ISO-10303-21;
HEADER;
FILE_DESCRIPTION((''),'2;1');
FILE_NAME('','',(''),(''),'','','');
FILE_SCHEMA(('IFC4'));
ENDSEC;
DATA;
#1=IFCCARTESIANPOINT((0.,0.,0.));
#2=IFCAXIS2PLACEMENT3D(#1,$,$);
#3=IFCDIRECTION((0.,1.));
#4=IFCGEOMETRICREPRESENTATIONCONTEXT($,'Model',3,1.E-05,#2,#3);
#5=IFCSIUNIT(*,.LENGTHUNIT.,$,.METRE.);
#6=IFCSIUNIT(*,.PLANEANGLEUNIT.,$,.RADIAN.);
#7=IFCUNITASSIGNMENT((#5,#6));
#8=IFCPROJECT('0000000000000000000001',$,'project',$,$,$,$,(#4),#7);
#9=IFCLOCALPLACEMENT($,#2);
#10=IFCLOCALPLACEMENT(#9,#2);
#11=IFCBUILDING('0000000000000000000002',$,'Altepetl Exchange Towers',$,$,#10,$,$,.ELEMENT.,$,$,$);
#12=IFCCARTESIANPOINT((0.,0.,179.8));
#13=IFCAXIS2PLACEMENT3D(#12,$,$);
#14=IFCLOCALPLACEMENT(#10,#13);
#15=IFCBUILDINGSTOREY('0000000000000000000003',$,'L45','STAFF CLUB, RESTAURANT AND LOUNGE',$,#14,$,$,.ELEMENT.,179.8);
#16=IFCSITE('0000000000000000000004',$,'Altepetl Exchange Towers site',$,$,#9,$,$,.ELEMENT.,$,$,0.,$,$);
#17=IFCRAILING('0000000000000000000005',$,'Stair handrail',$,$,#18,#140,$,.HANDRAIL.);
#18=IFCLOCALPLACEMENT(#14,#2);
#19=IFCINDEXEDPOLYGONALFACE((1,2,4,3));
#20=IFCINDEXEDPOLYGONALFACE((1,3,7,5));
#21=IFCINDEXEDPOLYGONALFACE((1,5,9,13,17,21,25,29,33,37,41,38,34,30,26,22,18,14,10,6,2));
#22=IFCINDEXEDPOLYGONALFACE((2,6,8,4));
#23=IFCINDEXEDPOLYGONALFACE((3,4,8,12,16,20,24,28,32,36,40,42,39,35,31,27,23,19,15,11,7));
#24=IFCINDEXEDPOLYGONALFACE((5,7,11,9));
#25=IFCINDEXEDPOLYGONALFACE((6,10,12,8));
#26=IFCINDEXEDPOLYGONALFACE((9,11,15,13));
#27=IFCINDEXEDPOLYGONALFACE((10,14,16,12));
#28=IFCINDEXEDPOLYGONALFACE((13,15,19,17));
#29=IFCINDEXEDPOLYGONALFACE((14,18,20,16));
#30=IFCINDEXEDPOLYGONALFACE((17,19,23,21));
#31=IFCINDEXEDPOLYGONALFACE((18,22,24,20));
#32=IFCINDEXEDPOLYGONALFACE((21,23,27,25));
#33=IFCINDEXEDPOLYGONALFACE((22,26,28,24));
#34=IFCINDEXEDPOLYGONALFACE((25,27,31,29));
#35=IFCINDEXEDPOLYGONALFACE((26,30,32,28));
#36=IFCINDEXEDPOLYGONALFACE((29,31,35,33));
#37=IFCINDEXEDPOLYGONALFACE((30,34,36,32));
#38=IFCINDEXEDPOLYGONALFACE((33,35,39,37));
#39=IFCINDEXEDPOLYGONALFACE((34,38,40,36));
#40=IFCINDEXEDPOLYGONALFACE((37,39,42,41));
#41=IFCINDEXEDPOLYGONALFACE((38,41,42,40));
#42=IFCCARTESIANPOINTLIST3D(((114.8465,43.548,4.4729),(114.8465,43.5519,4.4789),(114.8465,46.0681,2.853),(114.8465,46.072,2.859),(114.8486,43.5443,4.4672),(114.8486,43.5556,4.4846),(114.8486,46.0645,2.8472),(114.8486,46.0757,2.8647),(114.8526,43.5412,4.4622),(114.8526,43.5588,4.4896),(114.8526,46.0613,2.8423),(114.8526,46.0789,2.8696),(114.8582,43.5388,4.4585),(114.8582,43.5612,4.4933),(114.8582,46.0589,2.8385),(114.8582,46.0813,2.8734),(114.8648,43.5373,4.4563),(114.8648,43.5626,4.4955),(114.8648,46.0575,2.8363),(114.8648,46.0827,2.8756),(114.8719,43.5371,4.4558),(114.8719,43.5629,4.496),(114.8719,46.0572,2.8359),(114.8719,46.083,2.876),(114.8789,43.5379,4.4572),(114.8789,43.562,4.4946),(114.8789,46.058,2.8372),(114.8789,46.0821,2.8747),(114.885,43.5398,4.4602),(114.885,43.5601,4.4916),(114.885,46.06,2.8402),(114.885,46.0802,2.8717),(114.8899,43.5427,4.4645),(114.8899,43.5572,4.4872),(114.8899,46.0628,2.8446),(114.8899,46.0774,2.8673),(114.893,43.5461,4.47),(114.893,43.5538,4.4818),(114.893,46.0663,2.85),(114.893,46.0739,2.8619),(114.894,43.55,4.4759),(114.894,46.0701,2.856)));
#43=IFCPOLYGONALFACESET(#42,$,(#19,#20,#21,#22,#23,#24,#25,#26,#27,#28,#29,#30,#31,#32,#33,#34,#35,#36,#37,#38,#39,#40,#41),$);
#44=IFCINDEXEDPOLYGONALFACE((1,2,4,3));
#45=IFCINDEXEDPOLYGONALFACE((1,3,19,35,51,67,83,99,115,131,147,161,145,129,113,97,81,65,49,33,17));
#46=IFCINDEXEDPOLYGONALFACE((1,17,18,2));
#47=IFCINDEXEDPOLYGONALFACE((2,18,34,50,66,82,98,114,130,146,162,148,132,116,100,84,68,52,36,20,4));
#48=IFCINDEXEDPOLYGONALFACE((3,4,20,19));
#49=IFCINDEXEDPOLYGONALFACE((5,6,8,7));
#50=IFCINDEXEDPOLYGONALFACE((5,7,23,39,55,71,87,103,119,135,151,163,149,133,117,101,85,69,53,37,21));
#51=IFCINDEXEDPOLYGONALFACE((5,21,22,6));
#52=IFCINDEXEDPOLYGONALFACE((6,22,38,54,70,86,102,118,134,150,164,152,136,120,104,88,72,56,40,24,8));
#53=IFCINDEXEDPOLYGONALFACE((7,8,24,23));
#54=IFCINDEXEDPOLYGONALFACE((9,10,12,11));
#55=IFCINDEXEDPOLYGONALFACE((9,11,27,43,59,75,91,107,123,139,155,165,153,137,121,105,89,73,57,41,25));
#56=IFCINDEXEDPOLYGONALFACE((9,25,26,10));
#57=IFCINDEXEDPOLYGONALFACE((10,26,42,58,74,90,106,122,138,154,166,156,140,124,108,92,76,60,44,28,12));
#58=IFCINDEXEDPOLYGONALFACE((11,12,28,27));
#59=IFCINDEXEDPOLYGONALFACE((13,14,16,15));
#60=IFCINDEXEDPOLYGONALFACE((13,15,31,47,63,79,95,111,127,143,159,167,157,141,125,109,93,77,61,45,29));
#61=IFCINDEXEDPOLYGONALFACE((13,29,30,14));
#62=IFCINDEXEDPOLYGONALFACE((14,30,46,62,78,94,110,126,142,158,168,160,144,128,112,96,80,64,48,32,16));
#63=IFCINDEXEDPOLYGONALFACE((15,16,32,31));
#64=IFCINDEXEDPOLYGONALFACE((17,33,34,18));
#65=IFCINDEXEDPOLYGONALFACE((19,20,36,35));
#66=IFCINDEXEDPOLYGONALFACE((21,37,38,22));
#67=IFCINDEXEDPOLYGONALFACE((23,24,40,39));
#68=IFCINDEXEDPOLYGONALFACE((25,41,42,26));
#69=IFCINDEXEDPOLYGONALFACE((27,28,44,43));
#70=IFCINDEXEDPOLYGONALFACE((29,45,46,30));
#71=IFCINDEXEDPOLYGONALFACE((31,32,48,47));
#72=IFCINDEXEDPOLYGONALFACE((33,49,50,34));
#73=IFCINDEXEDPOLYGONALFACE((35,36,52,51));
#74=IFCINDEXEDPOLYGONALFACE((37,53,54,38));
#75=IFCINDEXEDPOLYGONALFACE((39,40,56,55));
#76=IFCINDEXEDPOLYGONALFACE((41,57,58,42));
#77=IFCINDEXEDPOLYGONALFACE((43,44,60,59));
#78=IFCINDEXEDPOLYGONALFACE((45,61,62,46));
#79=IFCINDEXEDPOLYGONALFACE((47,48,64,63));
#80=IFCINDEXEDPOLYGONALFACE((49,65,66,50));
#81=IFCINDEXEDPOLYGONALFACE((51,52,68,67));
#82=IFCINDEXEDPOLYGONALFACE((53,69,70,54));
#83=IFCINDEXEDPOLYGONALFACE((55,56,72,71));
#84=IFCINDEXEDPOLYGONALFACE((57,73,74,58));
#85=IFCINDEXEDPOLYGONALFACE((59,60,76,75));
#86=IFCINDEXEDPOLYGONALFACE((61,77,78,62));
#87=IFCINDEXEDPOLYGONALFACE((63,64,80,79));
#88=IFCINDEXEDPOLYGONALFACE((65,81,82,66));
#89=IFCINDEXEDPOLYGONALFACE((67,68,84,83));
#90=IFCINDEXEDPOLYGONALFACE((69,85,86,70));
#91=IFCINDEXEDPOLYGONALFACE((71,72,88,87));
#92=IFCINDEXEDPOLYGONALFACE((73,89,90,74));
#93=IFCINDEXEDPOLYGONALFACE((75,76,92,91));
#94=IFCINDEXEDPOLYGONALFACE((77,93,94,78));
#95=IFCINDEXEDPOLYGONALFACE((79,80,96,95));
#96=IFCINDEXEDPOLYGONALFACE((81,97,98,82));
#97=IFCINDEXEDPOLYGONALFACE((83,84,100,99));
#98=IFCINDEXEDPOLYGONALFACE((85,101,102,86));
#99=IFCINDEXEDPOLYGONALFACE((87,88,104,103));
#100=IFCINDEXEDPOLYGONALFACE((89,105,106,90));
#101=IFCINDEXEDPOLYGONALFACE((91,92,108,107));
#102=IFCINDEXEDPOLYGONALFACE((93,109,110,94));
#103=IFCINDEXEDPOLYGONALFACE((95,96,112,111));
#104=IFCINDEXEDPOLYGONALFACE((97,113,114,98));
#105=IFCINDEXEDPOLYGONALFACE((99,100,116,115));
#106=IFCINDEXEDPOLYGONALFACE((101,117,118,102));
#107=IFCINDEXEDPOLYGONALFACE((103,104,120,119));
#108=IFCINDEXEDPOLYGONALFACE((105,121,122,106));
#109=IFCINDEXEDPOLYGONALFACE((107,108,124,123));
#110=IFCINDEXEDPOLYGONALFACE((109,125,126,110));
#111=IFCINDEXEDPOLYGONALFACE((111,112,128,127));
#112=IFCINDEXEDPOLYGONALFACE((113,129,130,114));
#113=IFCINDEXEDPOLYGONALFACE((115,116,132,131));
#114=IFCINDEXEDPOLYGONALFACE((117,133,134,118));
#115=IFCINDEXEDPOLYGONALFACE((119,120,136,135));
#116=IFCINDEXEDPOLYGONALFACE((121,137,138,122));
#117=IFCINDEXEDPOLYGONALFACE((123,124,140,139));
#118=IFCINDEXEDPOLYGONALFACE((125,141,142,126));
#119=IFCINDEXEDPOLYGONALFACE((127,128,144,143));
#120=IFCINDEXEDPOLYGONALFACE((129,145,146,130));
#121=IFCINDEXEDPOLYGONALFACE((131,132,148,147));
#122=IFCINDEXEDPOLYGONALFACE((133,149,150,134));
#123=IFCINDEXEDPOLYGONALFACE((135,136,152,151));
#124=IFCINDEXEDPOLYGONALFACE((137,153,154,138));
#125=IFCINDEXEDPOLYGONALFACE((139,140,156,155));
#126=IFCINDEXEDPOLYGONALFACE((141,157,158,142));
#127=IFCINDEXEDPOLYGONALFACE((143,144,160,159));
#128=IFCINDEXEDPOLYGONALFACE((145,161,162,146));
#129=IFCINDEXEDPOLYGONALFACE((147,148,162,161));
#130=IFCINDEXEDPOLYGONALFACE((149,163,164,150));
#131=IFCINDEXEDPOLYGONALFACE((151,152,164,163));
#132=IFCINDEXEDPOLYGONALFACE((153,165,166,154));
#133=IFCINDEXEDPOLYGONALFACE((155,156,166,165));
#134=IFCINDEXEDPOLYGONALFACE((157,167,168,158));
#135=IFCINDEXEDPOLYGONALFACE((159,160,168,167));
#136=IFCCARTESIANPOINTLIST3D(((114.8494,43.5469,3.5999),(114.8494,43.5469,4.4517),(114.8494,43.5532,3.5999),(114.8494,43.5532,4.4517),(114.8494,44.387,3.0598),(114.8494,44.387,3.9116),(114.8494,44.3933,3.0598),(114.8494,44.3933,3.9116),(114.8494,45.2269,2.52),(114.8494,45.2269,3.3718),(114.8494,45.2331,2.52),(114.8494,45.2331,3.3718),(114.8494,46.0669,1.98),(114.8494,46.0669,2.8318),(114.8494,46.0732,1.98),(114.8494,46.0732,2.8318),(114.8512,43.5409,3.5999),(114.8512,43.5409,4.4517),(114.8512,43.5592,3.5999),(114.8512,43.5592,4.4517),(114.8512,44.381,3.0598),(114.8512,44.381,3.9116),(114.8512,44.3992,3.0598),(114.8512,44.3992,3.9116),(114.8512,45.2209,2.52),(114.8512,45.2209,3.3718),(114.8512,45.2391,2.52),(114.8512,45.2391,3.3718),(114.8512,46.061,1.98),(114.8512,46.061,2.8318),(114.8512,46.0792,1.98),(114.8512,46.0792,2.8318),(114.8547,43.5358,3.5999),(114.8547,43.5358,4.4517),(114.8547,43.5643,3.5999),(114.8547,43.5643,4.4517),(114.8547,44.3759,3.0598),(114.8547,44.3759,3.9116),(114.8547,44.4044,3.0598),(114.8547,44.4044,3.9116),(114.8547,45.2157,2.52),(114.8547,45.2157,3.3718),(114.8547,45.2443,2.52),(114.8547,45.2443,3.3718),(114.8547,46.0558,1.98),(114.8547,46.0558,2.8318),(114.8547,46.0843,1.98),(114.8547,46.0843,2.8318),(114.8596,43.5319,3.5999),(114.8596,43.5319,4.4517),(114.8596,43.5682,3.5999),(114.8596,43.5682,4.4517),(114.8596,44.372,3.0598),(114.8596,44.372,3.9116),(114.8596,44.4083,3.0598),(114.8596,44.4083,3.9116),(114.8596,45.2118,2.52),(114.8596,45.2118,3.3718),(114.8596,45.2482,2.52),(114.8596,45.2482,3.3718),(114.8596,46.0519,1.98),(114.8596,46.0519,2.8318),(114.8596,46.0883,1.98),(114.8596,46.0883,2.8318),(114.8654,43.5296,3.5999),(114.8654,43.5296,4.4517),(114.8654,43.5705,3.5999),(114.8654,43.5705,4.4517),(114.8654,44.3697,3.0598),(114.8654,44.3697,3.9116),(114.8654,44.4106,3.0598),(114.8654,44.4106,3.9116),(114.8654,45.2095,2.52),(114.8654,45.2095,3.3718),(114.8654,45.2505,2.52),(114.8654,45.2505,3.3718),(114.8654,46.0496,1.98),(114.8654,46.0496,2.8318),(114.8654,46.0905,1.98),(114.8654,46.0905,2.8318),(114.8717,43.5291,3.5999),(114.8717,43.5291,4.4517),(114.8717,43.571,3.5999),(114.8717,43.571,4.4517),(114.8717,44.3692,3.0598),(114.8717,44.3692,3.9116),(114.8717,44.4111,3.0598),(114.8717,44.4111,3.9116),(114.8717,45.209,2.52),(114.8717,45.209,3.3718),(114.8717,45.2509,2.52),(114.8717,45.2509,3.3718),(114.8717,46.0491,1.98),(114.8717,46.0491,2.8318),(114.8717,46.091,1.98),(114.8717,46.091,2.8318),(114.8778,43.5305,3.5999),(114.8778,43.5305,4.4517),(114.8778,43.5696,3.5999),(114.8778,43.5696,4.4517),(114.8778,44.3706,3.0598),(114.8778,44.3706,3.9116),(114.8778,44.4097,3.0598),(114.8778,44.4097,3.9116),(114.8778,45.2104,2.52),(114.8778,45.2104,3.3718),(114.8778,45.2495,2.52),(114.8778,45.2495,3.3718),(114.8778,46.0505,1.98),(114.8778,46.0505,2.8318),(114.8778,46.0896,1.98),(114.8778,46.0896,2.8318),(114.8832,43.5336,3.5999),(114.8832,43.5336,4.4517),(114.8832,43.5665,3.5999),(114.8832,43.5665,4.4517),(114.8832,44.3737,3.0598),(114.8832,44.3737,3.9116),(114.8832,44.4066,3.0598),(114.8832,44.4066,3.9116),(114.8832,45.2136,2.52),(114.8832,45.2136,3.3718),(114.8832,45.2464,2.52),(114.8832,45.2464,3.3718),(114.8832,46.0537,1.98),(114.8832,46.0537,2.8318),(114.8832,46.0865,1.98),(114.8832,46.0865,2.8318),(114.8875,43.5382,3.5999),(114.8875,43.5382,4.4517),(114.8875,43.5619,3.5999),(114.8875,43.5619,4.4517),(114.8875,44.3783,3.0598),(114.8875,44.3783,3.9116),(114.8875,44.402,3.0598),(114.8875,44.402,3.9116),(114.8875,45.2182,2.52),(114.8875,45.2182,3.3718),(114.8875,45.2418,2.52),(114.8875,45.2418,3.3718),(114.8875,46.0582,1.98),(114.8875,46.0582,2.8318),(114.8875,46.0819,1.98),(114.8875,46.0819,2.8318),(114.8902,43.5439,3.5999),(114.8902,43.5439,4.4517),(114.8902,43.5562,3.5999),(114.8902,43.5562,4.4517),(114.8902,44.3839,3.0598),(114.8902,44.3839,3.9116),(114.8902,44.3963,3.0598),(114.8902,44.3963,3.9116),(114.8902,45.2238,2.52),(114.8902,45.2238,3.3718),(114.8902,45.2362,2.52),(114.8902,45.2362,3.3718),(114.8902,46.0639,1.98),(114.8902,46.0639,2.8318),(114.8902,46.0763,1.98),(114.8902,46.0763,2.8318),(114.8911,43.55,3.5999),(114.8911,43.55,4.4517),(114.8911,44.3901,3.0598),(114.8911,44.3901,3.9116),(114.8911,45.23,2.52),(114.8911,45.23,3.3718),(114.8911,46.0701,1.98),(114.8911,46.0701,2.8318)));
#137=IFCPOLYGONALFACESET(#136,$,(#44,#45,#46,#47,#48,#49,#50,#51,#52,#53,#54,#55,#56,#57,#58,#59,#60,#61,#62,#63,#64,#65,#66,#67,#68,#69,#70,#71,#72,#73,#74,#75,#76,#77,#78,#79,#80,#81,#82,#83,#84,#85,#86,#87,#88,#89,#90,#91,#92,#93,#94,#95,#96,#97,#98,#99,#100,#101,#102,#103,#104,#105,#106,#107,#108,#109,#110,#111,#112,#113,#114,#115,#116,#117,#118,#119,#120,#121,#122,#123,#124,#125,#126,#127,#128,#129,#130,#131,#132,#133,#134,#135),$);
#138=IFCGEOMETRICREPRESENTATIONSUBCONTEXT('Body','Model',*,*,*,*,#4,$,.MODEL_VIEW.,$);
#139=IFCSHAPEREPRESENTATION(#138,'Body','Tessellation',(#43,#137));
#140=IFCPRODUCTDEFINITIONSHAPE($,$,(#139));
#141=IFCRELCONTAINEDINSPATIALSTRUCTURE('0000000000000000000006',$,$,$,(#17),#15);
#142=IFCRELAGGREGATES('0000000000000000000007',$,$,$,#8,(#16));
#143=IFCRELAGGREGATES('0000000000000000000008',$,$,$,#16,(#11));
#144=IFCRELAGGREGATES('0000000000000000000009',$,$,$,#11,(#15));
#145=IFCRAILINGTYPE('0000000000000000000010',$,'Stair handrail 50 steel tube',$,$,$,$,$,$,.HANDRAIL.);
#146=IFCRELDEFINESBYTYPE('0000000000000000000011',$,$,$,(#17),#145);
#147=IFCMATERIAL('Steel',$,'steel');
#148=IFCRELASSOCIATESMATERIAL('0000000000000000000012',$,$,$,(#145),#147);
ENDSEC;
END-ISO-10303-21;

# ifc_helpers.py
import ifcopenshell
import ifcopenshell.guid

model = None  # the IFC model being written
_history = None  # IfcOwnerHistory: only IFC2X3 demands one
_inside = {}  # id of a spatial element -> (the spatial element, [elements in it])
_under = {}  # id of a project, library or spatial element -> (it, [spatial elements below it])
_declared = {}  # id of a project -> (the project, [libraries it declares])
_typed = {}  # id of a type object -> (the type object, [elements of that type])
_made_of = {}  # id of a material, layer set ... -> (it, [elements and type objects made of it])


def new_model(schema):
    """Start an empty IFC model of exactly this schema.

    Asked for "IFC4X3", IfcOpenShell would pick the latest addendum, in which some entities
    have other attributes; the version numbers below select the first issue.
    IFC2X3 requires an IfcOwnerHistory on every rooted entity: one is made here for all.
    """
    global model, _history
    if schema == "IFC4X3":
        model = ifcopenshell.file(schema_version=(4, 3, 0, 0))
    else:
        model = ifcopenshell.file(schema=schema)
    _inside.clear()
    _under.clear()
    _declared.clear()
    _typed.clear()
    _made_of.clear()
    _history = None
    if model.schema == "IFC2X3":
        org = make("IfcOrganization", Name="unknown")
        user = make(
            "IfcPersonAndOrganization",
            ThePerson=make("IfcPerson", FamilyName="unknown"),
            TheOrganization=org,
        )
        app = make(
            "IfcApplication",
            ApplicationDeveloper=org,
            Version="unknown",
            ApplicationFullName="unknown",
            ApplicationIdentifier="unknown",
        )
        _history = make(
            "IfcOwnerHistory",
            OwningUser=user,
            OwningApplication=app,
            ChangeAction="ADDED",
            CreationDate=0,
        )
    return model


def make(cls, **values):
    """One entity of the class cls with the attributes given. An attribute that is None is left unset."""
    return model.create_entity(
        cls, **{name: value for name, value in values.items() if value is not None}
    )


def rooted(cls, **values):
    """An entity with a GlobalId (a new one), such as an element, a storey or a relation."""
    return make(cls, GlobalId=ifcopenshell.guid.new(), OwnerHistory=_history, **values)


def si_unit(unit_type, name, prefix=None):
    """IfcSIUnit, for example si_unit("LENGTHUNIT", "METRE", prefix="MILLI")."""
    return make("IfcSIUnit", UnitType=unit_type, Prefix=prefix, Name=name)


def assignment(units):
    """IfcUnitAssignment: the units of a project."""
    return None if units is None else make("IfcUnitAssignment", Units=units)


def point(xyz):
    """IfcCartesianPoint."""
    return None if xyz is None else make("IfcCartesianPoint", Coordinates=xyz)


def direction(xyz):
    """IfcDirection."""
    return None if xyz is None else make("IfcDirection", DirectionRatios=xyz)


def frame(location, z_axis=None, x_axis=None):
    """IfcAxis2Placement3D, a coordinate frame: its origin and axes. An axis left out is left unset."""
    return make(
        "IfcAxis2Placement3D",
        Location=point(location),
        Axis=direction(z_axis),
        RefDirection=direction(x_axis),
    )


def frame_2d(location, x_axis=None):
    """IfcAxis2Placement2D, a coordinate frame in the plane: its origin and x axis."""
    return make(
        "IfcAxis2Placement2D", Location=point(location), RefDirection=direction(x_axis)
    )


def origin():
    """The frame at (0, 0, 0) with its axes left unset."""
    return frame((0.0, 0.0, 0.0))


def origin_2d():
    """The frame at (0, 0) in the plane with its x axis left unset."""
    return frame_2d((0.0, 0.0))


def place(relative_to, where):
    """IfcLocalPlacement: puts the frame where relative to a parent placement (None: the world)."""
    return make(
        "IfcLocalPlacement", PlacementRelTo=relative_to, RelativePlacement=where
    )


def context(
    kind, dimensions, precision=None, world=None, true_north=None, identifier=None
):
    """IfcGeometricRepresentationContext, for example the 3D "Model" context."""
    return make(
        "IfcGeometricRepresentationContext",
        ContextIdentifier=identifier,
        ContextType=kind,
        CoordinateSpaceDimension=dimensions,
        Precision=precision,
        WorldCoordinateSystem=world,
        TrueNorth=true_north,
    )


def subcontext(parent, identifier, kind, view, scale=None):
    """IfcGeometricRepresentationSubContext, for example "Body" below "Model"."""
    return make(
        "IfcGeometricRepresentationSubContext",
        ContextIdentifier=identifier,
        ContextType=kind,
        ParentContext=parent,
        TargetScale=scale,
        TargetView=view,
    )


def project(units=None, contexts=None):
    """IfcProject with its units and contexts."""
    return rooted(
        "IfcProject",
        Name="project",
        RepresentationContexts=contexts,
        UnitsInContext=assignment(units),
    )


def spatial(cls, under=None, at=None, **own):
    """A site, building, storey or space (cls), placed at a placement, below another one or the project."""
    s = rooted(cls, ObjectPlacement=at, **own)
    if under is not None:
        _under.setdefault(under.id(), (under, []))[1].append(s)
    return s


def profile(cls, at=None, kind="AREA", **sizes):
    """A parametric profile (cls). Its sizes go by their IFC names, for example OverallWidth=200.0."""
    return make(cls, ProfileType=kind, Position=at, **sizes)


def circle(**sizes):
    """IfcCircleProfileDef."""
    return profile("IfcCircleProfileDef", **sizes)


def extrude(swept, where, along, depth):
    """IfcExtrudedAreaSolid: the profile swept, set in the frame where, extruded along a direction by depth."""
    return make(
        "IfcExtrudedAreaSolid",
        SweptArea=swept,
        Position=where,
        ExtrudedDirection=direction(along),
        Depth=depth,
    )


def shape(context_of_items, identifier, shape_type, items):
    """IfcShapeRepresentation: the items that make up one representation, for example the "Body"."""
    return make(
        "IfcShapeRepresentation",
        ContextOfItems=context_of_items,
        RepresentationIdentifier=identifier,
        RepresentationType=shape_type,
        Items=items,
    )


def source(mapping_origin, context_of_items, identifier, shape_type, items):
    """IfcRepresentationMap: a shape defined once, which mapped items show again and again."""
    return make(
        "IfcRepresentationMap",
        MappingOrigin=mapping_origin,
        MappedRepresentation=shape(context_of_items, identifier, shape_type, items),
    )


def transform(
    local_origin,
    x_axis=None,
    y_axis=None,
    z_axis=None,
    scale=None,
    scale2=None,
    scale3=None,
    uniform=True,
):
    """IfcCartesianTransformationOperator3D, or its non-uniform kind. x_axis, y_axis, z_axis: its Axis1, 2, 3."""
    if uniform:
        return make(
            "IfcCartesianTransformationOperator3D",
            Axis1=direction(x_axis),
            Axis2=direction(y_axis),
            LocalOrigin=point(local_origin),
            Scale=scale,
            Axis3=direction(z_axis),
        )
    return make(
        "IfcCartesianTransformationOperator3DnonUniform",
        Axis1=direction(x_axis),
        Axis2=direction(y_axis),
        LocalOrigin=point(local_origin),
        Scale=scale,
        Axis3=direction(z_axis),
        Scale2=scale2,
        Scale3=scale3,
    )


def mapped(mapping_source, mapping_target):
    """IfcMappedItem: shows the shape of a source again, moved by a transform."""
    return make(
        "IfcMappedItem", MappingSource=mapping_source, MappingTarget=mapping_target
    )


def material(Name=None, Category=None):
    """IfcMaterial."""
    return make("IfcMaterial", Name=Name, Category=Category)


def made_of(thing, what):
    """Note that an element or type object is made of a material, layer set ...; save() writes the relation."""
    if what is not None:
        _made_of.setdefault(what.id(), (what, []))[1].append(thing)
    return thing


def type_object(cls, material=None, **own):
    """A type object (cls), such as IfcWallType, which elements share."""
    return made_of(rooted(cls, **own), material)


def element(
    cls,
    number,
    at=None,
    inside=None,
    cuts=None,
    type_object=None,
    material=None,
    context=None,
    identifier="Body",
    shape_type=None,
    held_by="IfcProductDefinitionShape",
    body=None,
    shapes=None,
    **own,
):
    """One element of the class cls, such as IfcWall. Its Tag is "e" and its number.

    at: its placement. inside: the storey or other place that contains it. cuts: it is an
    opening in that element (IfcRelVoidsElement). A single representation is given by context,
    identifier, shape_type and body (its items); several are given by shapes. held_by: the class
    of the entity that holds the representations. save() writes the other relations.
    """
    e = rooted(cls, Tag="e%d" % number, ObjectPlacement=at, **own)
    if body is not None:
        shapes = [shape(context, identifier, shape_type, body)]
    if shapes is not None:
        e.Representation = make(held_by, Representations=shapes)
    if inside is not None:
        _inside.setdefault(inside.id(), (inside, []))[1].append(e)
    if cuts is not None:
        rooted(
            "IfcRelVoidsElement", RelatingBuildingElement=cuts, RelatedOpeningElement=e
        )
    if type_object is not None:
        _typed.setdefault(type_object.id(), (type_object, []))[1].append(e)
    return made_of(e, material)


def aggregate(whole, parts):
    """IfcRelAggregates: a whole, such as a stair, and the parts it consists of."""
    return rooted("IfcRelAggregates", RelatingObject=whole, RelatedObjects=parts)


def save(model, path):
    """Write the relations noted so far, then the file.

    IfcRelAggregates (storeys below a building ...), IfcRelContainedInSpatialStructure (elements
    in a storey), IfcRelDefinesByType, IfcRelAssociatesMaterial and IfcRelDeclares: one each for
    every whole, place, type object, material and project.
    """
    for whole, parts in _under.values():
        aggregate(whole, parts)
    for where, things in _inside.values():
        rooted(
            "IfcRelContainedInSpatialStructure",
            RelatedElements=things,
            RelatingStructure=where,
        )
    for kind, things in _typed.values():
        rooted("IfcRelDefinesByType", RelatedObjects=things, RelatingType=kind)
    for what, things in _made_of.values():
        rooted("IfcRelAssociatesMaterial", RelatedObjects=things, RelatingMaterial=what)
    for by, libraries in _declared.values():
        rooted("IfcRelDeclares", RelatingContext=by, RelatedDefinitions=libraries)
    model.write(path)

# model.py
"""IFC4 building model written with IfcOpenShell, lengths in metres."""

from ifc_helpers import new_model, si_unit, direction, frame, origin, origin_2d, place, context, subcontext, project, spatial, circle, extrude, source, transform, mapped, material, type_object, element, save


model = new_model("IFC4")

# Units and contexts
model_context = context("Model", 3, precision=1e-05, world=origin(), true_north=direction((0.0, 1.0)))
body_context = subcontext(model_context, "Body", "Model", "MODEL_VIEW")
ifc_project = project(units=[si_unit("LENGTHUNIT", "METRE"), si_unit("PLANEANGLEUNIT", "RADIAN")], contexts=[model_context])

# Site, building, storey
site_placement = place(None, origin())
site = spatial("IfcSite", under=ifc_project, at=site_placement, Name="Altepetl Exchange Towers site", CompositionType="ELEMENT", RefElevation=0.0)
building_placement = place(site_placement, origin())
building = spatial("IfcBuilding", under=site, at=building_placement, Name="Altepetl Exchange Towers", CompositionType="ELEMENT")
storey_placement = place(building_placement, frame((0.0, 0.0, 179.8)))
storey = spatial("IfcBuildingStorey", under=building, at=storey_placement, Name="L45", Description="STAFF CLUB, RESTAURANT AND LOUNGE", CompositionType="ELEMENT", Elevation=179.8)

# Railing
ifc_material_1 = material(Name="Steel", Category="steel")
railing_type = type_object("IfcRailingType", Name="Stair handrail 50 steel tube", PredefinedType="HANDRAIL", material=ifc_material_1)
shared_shape = source(origin(), body_context, "Body", "SweptSolid", [
    extrude(circle(Radius=0.021, at=origin_2d()), origin(), (0.0, 0.0, 1.0), 0.8518),
])
railing_1_placement = place(storey_placement, frame((114.8701, 46.0701, 1.98)))
element("IfcRailing", 1, at=railing_1_placement, inside=storey, type_object=railing_type, Name="Stair handrail", PredefinedType="HANDRAIL", context=body_context, shape_type="SweptSolid", body=[
    extrude(circle(Radius=0.0239, at=origin_2d()), frame((0.0, 0.0, 0.876), z_axis=(0.0, -0.8412, 0.540725), x_axis=(1.0, 0.0, 0.0)), (0.0, 0.0, 1.0), 2.9958),
    mapped(shared_shape, transform((0.0, 0.0, 0.0))),
    mapped(shared_shape, transform((0.0, -0.8401, 0.54))),
    mapped(shared_shape, transform((0.0, -1.6799, 1.0798))),
    mapped(shared_shape, transform((0.0, -2.52, 1.6199))),
])

save(model, "model.ifc")
